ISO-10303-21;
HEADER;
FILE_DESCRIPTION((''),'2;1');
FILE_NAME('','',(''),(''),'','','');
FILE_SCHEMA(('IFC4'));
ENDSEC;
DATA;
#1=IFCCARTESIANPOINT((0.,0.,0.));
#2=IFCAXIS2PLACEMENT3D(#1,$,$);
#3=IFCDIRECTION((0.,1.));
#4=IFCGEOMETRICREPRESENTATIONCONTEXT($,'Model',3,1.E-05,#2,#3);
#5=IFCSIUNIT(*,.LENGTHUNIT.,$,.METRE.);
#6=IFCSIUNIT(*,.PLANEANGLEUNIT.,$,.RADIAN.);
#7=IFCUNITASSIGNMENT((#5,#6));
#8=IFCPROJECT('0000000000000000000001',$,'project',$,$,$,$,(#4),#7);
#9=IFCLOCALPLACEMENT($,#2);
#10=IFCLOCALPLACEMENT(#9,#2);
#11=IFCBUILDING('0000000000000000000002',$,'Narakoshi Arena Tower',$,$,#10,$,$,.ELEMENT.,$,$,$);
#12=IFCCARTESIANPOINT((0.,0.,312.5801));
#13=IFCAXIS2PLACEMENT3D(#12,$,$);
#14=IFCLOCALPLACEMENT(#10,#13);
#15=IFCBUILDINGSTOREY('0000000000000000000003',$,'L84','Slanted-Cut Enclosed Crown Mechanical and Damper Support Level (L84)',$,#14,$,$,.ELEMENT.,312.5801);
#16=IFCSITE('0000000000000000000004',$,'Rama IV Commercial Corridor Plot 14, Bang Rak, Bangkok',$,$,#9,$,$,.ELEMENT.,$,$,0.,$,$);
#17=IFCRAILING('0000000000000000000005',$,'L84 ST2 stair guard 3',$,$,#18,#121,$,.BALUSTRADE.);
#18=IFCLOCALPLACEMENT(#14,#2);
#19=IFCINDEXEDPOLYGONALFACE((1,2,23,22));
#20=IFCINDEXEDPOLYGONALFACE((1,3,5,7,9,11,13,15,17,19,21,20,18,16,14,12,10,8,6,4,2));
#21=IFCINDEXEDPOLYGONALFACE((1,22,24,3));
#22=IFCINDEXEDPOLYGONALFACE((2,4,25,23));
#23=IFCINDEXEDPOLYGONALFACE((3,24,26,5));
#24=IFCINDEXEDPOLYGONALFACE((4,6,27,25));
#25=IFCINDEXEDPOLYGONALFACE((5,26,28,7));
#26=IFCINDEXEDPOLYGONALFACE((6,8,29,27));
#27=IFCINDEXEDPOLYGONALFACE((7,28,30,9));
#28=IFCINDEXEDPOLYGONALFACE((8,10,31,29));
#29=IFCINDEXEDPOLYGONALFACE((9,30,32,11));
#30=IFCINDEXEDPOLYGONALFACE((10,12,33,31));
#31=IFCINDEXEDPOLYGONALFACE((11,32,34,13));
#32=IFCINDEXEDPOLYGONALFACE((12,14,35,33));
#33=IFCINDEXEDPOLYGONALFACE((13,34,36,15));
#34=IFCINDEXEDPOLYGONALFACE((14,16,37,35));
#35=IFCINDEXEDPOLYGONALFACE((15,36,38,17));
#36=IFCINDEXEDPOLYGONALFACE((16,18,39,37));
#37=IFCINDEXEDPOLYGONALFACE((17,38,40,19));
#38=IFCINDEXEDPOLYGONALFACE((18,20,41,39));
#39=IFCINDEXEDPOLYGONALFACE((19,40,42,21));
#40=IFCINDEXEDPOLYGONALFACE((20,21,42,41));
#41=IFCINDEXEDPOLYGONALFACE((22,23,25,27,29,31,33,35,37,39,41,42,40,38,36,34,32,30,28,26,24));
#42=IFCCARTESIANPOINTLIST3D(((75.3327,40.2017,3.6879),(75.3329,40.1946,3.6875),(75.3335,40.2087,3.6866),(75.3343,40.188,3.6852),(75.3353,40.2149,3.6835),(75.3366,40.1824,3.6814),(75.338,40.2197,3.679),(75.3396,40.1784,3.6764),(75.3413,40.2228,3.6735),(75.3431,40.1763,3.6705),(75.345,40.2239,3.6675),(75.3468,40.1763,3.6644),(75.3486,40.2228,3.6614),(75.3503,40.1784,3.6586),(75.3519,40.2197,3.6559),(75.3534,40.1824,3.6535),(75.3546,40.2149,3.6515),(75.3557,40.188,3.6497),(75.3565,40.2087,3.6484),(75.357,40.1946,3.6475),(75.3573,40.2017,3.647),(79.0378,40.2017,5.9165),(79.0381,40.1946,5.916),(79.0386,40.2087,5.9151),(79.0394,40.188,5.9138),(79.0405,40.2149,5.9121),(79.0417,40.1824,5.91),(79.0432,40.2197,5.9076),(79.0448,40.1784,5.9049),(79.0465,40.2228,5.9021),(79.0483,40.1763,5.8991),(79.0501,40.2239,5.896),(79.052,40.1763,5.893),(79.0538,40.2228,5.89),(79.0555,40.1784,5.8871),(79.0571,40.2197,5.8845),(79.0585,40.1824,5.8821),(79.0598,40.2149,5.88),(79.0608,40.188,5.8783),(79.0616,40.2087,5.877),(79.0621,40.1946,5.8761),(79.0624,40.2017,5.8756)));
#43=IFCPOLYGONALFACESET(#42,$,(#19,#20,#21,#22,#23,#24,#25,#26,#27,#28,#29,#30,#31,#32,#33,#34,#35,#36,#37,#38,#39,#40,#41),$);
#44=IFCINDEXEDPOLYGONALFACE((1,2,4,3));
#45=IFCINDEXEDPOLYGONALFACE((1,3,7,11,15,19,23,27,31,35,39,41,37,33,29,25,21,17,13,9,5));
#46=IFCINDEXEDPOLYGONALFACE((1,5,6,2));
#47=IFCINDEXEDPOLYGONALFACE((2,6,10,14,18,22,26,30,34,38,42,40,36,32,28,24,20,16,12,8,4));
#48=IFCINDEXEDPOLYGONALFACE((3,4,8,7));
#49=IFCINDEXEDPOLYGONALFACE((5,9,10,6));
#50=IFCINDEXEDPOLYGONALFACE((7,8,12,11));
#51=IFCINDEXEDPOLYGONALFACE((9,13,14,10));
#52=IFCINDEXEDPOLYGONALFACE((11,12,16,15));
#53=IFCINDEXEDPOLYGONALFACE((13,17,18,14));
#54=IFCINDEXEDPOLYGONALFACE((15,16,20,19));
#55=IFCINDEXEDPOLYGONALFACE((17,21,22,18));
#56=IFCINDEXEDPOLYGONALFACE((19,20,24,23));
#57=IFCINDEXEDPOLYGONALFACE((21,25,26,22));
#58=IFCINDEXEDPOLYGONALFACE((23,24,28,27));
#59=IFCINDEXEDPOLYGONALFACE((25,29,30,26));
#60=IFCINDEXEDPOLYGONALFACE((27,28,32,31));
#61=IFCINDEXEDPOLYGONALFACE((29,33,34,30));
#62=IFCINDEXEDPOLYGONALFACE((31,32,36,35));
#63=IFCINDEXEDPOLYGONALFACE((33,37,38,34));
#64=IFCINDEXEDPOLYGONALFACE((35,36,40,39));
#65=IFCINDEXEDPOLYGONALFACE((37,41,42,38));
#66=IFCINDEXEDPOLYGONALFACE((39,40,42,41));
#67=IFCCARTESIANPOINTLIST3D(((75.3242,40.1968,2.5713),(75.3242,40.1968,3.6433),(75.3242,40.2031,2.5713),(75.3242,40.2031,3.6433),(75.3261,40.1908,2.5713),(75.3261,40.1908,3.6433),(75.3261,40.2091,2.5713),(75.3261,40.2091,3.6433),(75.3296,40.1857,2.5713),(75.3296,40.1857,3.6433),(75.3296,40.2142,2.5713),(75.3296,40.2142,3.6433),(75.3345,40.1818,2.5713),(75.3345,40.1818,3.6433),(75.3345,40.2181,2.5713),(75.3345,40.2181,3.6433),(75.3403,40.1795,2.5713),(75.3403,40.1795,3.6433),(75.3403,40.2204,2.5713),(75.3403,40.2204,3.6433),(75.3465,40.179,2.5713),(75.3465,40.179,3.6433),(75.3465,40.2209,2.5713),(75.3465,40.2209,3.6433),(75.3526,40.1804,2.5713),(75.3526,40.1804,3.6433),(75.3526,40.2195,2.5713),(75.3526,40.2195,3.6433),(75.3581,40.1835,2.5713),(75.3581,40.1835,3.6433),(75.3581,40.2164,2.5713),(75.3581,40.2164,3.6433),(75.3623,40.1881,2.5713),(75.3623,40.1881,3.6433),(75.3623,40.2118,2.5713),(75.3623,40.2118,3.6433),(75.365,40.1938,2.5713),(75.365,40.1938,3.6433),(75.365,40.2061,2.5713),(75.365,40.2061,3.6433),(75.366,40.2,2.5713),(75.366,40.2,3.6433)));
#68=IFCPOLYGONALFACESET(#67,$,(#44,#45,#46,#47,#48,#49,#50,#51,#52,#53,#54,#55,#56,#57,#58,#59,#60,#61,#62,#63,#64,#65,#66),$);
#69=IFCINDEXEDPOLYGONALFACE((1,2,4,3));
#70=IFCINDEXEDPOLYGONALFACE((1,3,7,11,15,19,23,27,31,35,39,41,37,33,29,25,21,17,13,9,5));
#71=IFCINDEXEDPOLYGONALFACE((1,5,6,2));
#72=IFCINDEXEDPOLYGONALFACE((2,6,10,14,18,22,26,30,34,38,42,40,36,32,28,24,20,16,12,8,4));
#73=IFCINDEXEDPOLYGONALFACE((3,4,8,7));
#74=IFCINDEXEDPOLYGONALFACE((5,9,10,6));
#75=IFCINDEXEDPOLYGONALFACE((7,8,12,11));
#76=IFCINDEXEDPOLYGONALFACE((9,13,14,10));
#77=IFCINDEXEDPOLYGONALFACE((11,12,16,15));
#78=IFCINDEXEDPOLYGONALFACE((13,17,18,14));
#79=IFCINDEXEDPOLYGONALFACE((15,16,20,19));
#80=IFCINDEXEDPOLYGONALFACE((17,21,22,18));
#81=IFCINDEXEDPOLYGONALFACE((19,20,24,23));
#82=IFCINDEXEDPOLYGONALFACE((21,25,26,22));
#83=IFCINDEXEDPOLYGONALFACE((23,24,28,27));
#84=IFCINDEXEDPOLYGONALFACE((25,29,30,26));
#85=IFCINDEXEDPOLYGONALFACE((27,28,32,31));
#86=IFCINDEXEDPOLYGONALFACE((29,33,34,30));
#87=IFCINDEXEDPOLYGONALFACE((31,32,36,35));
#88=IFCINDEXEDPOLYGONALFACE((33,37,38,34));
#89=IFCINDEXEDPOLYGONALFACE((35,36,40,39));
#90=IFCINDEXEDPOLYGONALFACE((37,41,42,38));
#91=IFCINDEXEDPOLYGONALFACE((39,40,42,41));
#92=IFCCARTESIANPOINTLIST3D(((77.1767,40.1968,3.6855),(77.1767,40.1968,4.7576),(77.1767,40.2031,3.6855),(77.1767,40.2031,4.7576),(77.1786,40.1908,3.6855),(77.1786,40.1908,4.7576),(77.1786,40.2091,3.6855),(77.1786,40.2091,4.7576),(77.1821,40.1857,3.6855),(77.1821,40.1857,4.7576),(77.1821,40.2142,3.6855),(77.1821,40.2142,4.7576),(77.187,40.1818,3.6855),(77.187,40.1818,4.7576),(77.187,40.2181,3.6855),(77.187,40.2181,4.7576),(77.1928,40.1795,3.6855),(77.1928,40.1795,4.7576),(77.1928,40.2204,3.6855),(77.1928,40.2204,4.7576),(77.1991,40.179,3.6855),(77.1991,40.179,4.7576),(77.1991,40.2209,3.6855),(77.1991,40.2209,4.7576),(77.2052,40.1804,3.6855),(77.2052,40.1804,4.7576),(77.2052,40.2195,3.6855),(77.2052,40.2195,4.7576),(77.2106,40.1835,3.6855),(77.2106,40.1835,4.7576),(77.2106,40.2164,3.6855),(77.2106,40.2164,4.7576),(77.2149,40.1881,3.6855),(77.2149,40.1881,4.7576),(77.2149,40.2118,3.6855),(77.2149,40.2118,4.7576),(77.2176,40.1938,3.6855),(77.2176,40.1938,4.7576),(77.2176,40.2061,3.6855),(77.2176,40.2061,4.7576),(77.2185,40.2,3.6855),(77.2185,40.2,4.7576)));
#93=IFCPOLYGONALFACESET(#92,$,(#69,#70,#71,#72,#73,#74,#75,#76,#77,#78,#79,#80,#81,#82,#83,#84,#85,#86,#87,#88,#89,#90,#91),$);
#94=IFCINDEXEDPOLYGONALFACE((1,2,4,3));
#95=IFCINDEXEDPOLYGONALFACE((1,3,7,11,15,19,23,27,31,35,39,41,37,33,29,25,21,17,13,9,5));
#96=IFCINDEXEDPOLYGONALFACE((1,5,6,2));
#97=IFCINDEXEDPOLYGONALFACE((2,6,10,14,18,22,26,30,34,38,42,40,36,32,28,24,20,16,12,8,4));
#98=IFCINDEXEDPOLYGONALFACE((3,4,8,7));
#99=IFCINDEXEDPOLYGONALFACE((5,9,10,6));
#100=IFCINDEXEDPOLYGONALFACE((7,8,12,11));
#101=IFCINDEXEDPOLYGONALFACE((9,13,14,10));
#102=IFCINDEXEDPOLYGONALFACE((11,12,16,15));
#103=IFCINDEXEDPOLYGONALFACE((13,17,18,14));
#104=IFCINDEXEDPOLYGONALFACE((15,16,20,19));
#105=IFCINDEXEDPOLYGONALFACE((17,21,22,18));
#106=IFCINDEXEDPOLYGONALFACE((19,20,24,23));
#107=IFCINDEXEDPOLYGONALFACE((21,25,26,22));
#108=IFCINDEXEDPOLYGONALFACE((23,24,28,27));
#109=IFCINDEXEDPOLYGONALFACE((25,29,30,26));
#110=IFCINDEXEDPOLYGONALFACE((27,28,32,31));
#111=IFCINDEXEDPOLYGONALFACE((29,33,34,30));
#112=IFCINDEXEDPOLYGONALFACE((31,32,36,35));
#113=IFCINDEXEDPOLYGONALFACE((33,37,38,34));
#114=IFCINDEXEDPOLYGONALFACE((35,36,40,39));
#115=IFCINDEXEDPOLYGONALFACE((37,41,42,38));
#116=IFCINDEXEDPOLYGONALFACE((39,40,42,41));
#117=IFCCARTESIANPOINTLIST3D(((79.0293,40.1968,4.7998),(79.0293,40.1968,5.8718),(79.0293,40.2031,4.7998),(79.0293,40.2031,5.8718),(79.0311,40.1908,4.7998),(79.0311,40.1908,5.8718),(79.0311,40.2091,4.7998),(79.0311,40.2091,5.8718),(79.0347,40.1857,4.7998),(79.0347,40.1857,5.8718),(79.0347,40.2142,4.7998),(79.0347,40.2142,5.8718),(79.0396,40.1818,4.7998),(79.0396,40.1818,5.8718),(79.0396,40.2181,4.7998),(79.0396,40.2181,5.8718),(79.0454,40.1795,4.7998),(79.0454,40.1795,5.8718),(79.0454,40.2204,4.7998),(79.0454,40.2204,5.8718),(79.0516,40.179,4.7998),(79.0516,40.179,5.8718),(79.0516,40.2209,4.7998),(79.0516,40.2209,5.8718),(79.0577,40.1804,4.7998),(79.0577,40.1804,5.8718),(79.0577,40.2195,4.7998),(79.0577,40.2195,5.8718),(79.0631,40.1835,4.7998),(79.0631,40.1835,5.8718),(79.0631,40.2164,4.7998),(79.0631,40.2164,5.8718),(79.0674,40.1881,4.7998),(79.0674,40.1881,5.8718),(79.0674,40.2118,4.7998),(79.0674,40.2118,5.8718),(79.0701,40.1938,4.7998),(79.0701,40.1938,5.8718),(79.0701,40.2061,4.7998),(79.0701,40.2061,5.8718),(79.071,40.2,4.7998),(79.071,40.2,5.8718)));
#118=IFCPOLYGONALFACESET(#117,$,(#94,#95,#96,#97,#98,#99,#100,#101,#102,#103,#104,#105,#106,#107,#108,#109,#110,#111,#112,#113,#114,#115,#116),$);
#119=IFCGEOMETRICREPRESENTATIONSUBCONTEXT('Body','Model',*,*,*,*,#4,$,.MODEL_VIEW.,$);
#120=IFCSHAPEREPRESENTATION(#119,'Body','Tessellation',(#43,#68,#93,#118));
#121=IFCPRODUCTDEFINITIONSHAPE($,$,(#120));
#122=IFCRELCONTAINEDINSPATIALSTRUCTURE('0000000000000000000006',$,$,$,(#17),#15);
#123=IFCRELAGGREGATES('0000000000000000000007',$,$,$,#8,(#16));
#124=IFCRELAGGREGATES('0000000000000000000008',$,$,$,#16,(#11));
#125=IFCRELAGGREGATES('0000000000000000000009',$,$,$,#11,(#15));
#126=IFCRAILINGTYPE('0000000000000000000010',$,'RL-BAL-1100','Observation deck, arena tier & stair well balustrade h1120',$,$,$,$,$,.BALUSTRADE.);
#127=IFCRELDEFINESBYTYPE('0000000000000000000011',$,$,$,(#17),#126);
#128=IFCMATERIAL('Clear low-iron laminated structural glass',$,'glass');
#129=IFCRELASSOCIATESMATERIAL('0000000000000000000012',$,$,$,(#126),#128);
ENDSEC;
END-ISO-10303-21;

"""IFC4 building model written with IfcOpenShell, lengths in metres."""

from ifc_helpers import new_model, si_unit, direction, frame, origin, origin_2d, place, context, subcontext, project, spatial, circle, extrude, material, type_object, element, save


model = new_model("IFC4")

# Units and contexts
model_context = context("Model", 3, precision=1e-05, world=origin(), true_north=direction((0.0, 1.0)))
body_context = subcontext(model_context, "Body", "Model", "MODEL_VIEW")
ifc_project = project(units=[si_unit("LENGTHUNIT", "METRE"), si_unit("PLANEANGLEUNIT", "RADIAN")], contexts=[model_context])

# Site, building, storey
site_placement = place(None, origin())
site = spatial("IfcSite", under=ifc_project, at=site_placement, Name="Rama IV Commercial Corridor Plot 14, Bang Rak, Bangkok", CompositionType="ELEMENT", RefElevation=0.0)
building_placement = place(site_placement, origin())
building = spatial("IfcBuilding", under=site, at=building_placement, Name="Narakoshi Arena Tower", CompositionType="ELEMENT")
storey_placement = place(building_placement, frame((0.0, 0.0, 312.5801)))
storey = spatial("IfcBuildingStorey", under=building, at=storey_placement, Name="L84", Description="Slanted-Cut Enclosed Crown Mechanical and Damper Support Level (L84)", CompositionType="ELEMENT", Elevation=312.5801)

# Railing
ifc_material_1 = material(Name="Clear low-iron laminated structural glass", Category="glass")
railing_type_1 = type_object("IfcRailingType", Name="RL-BAL-1100", Description="Observation deck, arena tier & stair well balustrade h1120", PredefinedType="BALUSTRADE", material=ifc_material_1)
railing_1_placement = place(storey_placement, frame((75.345, 40.2, 2.5713)))
element("IfcRailing", 1, at=railing_1_placement, inside=storey, type_object=railing_type_1, Name="L84 ST2 stair guard 3", PredefinedType="BALUSTRADE", context=body_context, shape_type="SweptSolid", body=[
    extrude(circle(Radius=0.0239, at=origin_2d()), frame((0.0, 0.0, 1.0962), z_axis=(0.856934, 0.0, 0.515425), x_axis=(0.0, 1.0, 0.0)), (0.0, 0.0, 1.0), 4.3237),
    extrude(circle(Radius=0.021, at=origin_2d()), origin(), (0.0, 0.0, 1.0), 1.072),
    extrude(circle(Radius=0.021, at=origin_2d()), frame((1.8525, 0.0, 1.1143)), (0.0, 0.0, 1.0), 1.072),
    extrude(circle(Radius=0.021, at=origin_2d()), frame((3.7051, 0.0, 2.2285)), (0.0, 0.0, 1.0), 1.072),
])

save(model, "model.ifc")
